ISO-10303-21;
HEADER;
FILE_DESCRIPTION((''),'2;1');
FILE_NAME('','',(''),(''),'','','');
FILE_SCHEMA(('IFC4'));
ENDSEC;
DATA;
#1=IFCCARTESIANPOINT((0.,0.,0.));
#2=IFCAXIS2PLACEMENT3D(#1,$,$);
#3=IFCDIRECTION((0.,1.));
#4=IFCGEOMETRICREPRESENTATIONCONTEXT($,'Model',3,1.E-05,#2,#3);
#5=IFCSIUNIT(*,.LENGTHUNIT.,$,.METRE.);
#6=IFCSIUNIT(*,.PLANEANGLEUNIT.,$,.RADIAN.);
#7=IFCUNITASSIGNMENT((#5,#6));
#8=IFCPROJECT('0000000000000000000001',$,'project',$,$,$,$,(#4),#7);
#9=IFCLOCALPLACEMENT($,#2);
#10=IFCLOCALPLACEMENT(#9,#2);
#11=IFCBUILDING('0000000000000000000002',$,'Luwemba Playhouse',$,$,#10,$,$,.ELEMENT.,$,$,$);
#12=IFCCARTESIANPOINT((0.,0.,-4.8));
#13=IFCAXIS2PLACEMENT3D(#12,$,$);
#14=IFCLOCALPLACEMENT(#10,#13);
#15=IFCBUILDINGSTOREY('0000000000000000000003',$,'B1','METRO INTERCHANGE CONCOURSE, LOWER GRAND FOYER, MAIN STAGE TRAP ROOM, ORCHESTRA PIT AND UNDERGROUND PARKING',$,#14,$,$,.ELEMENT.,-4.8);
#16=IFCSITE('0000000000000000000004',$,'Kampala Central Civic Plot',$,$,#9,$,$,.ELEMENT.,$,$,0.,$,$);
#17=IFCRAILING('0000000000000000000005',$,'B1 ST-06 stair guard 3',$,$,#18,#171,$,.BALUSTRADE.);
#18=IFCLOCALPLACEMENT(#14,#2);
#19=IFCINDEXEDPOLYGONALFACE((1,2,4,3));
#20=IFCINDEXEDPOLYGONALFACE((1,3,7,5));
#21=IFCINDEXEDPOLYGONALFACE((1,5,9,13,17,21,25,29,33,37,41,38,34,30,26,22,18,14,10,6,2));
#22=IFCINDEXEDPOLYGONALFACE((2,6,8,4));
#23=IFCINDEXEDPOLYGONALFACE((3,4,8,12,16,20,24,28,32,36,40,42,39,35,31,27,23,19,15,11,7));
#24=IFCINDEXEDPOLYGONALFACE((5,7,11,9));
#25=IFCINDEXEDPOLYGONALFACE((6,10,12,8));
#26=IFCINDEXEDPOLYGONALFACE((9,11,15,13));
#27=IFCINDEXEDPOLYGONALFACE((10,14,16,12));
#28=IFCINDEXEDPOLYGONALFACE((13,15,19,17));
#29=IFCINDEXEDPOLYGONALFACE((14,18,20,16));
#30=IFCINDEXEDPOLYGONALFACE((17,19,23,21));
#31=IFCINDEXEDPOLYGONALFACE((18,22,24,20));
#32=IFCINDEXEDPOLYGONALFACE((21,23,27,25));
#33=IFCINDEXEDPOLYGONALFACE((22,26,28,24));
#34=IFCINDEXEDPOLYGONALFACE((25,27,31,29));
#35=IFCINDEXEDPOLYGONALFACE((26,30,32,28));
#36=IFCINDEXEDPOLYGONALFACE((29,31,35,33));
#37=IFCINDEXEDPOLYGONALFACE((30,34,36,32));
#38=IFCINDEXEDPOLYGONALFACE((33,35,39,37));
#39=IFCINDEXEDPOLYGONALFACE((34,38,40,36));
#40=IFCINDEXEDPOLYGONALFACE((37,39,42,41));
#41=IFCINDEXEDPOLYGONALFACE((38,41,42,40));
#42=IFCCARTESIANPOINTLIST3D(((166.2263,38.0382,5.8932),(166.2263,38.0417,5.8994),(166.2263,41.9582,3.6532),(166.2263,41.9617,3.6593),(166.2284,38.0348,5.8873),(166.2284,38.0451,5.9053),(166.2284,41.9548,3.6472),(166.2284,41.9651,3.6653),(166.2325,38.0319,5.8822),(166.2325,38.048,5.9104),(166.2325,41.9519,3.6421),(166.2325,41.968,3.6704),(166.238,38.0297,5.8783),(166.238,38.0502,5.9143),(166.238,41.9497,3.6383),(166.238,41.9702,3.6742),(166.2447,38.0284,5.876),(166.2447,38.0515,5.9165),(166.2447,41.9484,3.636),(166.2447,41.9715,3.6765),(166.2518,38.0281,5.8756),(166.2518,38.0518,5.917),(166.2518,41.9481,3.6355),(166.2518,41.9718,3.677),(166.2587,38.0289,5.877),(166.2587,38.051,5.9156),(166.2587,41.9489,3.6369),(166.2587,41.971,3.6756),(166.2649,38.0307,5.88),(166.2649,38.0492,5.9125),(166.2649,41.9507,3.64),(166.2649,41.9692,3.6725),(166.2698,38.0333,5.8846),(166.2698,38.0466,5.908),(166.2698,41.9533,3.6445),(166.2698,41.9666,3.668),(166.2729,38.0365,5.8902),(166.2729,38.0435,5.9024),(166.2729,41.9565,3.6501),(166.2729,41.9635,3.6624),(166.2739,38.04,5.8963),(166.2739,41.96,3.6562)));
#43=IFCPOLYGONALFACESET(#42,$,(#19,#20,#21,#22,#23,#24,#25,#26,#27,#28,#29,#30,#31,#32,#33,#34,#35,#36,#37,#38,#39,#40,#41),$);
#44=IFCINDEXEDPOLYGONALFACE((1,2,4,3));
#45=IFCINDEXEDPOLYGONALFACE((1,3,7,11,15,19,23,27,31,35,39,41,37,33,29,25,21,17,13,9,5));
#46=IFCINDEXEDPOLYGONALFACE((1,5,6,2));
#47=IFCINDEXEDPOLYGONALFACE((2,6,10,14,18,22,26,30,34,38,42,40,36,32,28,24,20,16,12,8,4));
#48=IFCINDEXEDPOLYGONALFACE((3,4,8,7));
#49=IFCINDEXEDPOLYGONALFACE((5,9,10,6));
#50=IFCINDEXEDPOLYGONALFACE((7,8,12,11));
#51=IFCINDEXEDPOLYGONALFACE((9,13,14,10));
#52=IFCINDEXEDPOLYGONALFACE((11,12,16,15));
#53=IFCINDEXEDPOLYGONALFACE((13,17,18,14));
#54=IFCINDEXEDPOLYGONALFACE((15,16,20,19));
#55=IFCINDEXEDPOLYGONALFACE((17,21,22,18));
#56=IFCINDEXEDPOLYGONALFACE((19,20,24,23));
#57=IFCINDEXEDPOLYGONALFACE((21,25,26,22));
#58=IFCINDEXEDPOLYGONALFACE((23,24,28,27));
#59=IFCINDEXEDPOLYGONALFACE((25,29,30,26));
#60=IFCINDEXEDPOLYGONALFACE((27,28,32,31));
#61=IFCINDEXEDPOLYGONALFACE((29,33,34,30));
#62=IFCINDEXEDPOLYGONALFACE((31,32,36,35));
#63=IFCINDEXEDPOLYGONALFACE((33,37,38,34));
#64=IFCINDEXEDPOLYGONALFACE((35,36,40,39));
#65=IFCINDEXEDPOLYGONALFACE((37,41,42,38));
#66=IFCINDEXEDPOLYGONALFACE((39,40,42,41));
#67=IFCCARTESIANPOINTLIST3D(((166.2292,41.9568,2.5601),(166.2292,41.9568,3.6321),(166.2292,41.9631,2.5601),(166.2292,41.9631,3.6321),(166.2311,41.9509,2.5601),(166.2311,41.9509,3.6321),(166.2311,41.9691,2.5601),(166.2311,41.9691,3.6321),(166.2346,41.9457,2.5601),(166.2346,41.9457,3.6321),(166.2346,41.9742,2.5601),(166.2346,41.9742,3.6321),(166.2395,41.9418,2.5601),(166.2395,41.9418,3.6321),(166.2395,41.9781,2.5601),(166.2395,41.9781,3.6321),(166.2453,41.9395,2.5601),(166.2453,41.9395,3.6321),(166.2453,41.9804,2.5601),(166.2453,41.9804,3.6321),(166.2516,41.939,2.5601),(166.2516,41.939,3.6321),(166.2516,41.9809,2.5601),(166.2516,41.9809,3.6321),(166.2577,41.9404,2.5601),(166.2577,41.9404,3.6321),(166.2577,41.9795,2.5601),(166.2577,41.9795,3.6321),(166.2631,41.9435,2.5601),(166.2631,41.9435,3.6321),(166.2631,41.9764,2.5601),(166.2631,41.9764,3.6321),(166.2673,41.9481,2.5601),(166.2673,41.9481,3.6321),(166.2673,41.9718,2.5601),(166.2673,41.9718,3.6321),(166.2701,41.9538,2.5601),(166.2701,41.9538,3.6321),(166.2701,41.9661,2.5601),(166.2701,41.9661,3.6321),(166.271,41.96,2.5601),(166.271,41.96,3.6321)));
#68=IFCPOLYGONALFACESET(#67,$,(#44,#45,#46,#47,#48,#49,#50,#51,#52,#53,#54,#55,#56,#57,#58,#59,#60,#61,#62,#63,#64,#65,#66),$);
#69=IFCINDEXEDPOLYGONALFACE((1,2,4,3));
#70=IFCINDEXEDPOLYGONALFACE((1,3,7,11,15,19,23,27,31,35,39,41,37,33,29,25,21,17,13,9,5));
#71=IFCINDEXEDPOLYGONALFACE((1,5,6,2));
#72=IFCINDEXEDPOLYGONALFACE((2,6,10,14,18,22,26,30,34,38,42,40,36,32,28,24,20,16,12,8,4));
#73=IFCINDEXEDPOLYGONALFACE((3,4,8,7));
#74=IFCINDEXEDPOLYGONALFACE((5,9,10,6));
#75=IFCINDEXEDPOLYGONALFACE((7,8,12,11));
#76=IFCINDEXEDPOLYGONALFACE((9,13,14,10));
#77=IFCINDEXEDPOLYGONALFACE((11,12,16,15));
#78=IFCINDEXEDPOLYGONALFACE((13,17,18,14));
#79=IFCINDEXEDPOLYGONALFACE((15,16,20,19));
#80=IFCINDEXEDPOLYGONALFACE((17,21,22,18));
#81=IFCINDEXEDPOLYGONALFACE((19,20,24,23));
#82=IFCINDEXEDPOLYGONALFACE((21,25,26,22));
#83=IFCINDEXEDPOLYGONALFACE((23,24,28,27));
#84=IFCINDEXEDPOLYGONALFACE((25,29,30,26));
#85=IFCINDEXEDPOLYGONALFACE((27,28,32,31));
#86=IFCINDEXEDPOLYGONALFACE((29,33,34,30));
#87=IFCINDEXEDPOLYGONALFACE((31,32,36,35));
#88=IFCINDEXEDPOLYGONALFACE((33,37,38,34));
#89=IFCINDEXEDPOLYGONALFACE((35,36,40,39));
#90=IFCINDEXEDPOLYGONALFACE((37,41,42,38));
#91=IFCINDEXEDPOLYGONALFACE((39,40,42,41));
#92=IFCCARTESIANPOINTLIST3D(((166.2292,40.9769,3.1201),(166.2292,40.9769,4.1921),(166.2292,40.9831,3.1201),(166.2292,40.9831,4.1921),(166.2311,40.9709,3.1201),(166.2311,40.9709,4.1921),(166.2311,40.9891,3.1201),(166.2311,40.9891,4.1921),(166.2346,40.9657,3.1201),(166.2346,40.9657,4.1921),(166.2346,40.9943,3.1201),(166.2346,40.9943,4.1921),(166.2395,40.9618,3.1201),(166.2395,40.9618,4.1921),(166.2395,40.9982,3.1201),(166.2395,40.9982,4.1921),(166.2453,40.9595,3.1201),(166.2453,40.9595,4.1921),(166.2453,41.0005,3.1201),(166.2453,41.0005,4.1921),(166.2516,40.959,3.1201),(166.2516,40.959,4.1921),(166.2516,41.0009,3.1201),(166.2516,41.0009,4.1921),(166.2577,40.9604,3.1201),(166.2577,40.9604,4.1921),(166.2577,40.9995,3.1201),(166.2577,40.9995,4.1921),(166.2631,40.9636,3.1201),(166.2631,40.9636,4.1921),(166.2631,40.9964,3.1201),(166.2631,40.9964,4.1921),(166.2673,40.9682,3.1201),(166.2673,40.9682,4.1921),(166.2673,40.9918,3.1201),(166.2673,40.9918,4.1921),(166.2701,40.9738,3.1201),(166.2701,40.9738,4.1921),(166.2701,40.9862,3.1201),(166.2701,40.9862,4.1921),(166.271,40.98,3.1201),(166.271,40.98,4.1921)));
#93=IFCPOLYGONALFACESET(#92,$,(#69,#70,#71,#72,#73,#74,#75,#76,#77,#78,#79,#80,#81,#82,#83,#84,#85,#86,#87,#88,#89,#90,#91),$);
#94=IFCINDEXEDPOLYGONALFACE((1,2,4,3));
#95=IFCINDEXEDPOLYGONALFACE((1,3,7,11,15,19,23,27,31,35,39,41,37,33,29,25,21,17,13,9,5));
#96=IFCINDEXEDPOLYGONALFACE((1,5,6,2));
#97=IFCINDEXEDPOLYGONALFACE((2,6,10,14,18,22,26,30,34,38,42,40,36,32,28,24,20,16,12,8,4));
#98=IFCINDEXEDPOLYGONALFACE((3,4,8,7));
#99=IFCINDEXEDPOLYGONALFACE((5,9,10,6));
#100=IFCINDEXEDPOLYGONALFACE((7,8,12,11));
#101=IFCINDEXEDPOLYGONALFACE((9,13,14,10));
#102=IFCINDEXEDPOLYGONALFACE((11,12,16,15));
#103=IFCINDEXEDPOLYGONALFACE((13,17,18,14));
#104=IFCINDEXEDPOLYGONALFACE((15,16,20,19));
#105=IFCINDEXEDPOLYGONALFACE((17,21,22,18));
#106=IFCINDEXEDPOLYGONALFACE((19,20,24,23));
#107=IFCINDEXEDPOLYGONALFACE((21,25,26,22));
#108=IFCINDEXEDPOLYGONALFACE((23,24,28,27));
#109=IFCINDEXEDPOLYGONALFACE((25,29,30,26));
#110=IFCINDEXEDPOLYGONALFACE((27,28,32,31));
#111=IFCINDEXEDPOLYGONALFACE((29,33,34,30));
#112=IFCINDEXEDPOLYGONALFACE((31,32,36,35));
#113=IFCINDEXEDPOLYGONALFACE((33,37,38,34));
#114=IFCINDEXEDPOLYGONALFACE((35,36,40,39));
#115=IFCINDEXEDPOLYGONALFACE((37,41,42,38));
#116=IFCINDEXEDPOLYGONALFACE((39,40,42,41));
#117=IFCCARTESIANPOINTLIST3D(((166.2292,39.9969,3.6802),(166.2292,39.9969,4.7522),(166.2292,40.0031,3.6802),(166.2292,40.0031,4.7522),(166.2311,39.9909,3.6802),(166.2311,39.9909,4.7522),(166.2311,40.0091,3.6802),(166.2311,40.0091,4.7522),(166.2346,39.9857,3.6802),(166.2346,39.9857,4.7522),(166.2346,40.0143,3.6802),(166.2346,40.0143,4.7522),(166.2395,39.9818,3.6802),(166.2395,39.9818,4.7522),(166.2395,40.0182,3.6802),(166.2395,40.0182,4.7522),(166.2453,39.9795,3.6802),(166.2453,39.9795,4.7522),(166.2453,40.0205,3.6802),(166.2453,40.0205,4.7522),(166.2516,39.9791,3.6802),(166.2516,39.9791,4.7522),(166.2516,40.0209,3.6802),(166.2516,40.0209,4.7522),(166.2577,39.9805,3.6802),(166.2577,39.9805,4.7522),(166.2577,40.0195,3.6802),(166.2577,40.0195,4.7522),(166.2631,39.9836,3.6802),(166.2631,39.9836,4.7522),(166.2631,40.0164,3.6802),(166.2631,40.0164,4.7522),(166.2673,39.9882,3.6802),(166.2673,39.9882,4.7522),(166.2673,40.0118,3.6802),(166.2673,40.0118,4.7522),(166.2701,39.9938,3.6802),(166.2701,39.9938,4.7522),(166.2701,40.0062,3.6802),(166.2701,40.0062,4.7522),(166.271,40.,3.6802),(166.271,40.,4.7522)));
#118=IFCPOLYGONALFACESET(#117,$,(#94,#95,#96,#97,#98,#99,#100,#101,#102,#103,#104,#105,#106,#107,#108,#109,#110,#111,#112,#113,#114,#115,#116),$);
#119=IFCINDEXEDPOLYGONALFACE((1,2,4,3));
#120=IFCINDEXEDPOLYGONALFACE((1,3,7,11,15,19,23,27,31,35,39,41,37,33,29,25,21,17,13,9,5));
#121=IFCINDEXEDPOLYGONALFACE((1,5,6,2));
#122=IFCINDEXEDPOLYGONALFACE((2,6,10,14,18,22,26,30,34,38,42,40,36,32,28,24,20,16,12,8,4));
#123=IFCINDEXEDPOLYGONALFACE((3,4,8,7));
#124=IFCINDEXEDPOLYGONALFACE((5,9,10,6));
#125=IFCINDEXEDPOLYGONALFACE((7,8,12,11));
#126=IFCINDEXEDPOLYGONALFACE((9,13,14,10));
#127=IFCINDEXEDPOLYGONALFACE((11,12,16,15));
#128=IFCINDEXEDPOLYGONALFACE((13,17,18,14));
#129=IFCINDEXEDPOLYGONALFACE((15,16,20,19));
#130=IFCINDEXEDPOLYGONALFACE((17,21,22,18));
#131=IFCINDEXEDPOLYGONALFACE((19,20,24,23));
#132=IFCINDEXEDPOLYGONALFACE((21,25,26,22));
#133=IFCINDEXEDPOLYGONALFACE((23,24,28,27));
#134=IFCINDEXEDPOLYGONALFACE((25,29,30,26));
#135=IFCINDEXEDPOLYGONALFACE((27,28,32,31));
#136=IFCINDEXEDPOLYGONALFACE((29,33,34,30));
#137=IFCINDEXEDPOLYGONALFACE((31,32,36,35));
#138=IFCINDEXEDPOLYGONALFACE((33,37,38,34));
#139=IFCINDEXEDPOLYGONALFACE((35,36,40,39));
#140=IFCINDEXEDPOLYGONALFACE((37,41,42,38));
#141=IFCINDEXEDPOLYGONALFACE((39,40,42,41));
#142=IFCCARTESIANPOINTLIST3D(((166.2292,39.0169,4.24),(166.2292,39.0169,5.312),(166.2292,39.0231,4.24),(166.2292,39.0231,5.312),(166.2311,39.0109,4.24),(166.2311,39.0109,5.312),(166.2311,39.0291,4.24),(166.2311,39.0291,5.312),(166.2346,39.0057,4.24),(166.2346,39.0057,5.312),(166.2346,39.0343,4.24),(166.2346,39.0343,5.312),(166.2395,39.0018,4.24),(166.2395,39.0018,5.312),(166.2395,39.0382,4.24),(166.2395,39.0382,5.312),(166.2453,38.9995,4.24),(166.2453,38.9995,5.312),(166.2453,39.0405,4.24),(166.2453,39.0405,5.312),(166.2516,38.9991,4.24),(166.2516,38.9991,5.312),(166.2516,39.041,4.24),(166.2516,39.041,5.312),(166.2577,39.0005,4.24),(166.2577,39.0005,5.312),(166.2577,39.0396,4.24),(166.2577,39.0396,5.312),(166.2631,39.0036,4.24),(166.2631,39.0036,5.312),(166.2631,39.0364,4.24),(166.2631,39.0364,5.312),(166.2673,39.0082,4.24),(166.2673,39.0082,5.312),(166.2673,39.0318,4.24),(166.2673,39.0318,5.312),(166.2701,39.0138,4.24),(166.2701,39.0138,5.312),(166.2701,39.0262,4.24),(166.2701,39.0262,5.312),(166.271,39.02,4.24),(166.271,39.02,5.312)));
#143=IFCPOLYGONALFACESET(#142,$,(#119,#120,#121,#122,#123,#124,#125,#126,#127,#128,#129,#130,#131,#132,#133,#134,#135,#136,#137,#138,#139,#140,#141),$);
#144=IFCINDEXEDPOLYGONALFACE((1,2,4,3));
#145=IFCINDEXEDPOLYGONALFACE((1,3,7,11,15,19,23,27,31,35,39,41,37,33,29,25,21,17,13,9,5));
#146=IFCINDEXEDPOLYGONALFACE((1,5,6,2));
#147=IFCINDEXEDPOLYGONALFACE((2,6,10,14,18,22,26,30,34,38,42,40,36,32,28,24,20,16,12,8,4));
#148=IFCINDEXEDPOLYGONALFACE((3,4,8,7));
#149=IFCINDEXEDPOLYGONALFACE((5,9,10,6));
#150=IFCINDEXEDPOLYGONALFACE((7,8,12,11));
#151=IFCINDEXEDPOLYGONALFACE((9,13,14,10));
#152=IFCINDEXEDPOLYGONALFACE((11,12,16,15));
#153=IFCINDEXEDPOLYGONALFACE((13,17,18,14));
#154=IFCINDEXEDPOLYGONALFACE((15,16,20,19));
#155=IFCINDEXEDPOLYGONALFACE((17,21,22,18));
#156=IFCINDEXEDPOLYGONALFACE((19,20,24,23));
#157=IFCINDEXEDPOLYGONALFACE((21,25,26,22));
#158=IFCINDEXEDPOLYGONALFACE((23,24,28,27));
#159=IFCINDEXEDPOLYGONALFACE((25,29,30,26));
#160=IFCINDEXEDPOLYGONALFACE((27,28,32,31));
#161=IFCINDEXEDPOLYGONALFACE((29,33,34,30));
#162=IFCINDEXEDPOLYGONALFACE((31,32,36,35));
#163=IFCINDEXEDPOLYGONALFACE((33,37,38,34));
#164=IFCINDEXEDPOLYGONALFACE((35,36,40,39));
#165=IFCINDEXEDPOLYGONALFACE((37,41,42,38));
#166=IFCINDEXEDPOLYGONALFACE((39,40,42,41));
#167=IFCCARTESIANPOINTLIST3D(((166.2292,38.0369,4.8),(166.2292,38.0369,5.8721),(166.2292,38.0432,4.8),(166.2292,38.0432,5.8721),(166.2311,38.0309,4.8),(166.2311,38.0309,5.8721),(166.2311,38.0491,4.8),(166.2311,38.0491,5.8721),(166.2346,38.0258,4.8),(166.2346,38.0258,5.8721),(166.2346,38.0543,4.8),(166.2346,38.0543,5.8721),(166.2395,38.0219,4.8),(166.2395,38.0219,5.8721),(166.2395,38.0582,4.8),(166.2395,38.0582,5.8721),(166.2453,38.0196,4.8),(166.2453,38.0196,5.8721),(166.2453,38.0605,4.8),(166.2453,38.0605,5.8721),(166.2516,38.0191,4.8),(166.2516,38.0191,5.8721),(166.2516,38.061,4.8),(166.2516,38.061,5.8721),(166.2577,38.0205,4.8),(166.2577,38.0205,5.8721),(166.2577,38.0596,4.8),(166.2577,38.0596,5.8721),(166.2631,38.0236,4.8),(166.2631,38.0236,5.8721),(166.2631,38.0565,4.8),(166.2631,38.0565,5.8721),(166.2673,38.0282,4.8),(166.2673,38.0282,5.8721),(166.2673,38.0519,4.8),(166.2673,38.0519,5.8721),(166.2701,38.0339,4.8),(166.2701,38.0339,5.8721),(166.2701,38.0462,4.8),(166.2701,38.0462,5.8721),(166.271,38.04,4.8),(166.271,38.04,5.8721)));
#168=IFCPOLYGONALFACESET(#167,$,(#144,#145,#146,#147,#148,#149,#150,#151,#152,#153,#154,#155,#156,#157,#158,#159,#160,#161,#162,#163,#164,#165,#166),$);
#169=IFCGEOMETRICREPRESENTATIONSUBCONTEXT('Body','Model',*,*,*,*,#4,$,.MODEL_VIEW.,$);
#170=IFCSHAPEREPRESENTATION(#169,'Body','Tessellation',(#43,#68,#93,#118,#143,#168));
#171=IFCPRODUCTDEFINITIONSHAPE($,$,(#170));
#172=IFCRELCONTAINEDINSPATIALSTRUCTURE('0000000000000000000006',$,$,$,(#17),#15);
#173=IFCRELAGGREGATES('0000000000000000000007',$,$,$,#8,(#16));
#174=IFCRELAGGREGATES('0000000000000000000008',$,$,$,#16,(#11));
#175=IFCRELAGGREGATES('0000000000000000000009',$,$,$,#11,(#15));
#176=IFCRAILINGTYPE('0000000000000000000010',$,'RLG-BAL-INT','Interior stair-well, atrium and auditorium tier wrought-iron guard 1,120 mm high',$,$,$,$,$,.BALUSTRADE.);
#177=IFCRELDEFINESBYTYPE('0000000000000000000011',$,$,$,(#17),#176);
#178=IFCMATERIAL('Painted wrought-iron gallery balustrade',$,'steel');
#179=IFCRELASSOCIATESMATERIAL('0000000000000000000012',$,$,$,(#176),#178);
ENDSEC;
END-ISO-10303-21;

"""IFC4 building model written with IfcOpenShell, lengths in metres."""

from ifc_helpers import new_model, si_unit, direction, frame, origin, origin_2d, place, context, subcontext, project, spatial, circle, extrude, material, type_object, element, save


model = new_model("IFC4")

# Units and contexts
model_context = context("Model", 3, precision=1e-05, world=origin(), true_north=direction((0.0, 1.0)))
body_context = subcontext(model_context, "Body", "Model", "MODEL_VIEW")
ifc_project = project(units=[si_unit("LENGTHUNIT", "METRE"), si_unit("PLANEANGLEUNIT", "RADIAN")], contexts=[model_context])

# Site, building, storey
site_placement = place(None, origin())
site = spatial("IfcSite", under=ifc_project, at=site_placement, Name="Kampala Central Civic Plot", CompositionType="ELEMENT", RefElevation=0.0)
building_placement = place(site_placement, origin())
building = spatial("IfcBuilding", under=site, at=building_placement, Name="Luwemba Playhouse", CompositionType="ELEMENT")
storey_placement = place(building_placement, frame((0.0, 0.0, -4.8)))
storey = spatial("IfcBuildingStorey", under=building, at=storey_placement, Name="B1", Description="METRO INTERCHANGE CONCOURSE, LOWER GRAND FOYER, MAIN STAGE TRAP ROOM, ORCHESTRA PIT AND UNDERGROUND PARKING", CompositionType="ELEMENT", Elevation=-4.8)

# Railing
ifc_material_1 = material(Name="Painted wrought-iron gallery balustrade", Category="steel")
railing_type_1 = type_object("IfcRailingType", Name="RLG-BAL-INT", Description="Interior stair-well, atrium and auditorium tier wrought-iron guard 1,120 mm high", PredefinedType="BALUSTRADE", material=ifc_material_1)
railing_1_placement = place(storey_placement, frame((166.25, 41.96, 2.5601)))
element("IfcRailing", 1, at=railing_1_placement, inside=storey, type_object=railing_type_1, Name="B1 ST-06 stair guard 3", PredefinedType="BALUSTRADE", context=body_context, shape_type="SweptSolid", body=[
    extrude(circle(Radius=0.0239, at=origin_2d()), frame((0.0, 0.0, 1.0962), z_axis=(0.0, -0.86824, 0.496145), x_axis=(1.0, 0.0, 0.0)), (0.0, 0.0, 1.0), 4.5149),
    extrude(circle(Radius=0.021, at=origin_2d()), origin(), (0.0, 0.0, 1.0), 1.072),
    extrude(circle(Radius=0.021, at=origin_2d()), frame((0.0, -0.98, 0.5601)), (0.0, 0.0, 1.0), 1.072),
    extrude(circle(Radius=0.021, at=origin_2d()), frame((0.0, -1.96, 1.1201)), (0.0, 0.0, 1.0), 1.072),
    extrude(circle(Radius=0.021, at=origin_2d()), frame((0.0, -2.9399, 1.6799)), (0.0, 0.0, 1.0), 1.072),
    extrude(circle(Radius=0.021, at=origin_2d()), frame((0.0, -3.9199, 2.24)), (0.0, 0.0, 1.0), 1.072),
])

save(model, "model.ifc")
